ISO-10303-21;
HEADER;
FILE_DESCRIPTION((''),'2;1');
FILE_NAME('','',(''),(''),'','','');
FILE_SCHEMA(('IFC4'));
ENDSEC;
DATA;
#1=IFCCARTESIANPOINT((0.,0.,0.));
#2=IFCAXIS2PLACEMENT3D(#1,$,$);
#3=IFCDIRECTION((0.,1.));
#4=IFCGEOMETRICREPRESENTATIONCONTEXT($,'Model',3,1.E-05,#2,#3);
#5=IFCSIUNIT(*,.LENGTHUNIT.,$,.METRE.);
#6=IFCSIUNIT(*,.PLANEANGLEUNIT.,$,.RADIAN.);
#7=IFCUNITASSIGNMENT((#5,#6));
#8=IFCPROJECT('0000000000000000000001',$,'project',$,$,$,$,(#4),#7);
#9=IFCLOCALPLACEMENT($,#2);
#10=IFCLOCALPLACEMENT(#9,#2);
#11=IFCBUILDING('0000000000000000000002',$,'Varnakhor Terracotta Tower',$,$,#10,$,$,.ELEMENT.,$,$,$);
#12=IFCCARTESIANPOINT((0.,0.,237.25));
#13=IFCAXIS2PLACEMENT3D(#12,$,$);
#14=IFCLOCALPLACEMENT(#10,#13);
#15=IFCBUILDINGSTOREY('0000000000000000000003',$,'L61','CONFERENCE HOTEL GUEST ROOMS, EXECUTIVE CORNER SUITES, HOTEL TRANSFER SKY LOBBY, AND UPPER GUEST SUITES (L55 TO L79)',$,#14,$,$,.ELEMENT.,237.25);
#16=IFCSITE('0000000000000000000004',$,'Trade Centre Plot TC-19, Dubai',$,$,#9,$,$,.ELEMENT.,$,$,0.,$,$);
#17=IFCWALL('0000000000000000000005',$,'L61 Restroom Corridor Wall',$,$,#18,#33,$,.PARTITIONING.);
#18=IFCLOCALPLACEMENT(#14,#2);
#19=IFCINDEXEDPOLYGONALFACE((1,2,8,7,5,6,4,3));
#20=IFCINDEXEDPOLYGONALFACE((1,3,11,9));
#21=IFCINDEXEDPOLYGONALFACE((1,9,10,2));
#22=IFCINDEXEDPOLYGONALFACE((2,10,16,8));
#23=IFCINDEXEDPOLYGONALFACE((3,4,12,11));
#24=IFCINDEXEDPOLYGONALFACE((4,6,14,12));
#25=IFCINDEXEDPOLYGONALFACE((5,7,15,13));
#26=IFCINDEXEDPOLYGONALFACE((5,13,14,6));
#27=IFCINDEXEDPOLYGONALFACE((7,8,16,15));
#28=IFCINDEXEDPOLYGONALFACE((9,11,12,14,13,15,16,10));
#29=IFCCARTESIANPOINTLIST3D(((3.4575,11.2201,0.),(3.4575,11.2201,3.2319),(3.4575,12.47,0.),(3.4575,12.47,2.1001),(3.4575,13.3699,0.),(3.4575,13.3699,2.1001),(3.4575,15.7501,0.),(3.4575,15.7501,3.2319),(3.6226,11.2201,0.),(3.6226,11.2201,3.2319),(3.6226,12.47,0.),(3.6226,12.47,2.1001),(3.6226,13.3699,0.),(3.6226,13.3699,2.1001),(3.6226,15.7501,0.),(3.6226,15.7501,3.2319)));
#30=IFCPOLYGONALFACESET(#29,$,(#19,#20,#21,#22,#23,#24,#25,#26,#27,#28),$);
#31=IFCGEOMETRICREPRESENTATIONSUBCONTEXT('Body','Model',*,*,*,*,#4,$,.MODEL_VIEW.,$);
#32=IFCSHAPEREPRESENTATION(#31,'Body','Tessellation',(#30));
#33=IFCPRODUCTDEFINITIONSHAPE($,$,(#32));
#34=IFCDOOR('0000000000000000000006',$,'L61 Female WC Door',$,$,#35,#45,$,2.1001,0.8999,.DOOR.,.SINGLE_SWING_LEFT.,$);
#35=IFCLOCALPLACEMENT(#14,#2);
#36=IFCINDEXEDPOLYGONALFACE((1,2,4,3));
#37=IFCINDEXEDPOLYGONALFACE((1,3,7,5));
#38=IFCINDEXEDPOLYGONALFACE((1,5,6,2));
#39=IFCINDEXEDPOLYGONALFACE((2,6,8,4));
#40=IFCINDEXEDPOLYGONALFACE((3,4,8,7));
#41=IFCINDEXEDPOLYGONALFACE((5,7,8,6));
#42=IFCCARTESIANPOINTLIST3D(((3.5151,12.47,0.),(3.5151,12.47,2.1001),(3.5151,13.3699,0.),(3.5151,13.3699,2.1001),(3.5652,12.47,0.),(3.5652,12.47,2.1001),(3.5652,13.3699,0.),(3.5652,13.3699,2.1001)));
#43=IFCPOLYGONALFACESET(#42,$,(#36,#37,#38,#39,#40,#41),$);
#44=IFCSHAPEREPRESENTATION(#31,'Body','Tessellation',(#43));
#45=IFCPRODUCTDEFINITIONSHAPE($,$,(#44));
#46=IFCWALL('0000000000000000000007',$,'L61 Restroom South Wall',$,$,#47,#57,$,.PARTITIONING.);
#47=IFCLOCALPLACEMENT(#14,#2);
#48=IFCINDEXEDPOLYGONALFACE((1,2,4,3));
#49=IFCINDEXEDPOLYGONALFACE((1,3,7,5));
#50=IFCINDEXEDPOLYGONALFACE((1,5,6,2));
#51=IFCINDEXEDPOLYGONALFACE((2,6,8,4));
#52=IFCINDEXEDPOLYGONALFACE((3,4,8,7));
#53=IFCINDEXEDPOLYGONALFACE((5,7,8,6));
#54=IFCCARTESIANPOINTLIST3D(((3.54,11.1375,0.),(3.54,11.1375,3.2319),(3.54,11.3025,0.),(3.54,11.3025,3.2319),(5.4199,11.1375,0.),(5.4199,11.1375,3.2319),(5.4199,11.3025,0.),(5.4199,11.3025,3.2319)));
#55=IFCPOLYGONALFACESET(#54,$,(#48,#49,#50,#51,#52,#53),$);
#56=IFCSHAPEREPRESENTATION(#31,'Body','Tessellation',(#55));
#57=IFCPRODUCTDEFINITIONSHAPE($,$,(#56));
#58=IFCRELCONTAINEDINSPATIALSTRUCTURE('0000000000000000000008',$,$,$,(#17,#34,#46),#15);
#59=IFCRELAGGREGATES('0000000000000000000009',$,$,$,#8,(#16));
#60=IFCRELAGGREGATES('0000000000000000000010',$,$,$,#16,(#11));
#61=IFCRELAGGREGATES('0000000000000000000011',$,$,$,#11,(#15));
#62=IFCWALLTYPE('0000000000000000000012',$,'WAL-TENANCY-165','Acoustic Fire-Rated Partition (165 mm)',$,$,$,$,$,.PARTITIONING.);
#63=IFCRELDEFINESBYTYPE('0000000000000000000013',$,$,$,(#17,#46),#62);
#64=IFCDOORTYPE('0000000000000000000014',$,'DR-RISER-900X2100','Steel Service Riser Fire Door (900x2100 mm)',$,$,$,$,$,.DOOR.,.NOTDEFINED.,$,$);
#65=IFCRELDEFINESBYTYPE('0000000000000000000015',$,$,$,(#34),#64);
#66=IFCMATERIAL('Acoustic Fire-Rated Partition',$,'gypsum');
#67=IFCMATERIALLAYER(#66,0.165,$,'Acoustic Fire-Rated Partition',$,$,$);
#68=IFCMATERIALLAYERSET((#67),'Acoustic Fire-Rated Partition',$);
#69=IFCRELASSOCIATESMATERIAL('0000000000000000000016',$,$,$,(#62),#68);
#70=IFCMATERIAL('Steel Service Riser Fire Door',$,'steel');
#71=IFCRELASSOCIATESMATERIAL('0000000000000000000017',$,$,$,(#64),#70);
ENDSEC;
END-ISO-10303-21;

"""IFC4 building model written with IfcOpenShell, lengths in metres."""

from ifc_helpers import new_model, si_unit, direction, frame, frame_2d, origin, place, context, subcontext, project, spatial, rectangle, extrude, source, transform, mapped, material, layer, layer_set, type_object, type_shapes, element, fill, save


model = new_model("IFC4")

# Units and contexts
model_context = context("Model", 3, precision=1e-05, world=origin(), true_north=direction((0.0, 1.0)))
body_context = subcontext(model_context, "Body", "Model", "MODEL_VIEW")
ifc_project = project(units=[si_unit("LENGTHUNIT", "METRE"), si_unit("PLANEANGLEUNIT", "RADIAN")], contexts=[model_context])

# Site, building, storey
site_placement = place(None, origin())
site = spatial("IfcSite", under=ifc_project, at=site_placement, Name="Trade Centre Plot TC-19, Dubai", CompositionType="ELEMENT", RefElevation=0.0)
building_placement = place(site_placement, origin())
building = spatial("IfcBuilding", under=site, at=building_placement, Name="Varnakhor Terracotta Tower", CompositionType="ELEMENT")
storey_placement = place(building_placement, frame((0.0, 0.0, 237.25)))
storey = spatial("IfcBuildingStorey", under=building, at=storey_placement, Name="L61", Description="CONFERENCE HOTEL GUEST ROOMS, EXECUTIVE CORNER SUITES, HOTEL TRANSFER SKY LOBBY, AND UPPER GUEST SUITES (L55 TO L79)", CompositionType="ELEMENT", Elevation=237.25)

# Shared definitions
ifc_material_1 = material(Name="Acoustic Fire-Rated Partition", Category="gypsum")
ifc_layer_1 = layer(ifc_material_1, 0.165, Name="Acoustic Fire-Rated Partition")
ifc_layer_set_1 = layer_set([ifc_layer_1], Name="Acoustic Fire-Rated Partition")
wall_type_1 = type_object("IfcWallType", Name="WAL-TENANCY-165", Description="Acoustic Fire-Rated Partition (165 mm)", PredefinedType="PARTITIONING", material=ifc_layer_set_1)

# Wall, opening, door
wall_1_placement = place(storey_placement, frame((3.54, 11.22, 0.0), z_axis=(0.0, 0.0, 1.0), x_axis=(0.0, 1.0, 0.0)))
wall_1 = element("IfcWall", 1, at=wall_1_placement, inside=storey, type_object=wall_type_1, Name="L61 Restroom Corridor Wall", PredefinedType="PARTITIONING", context=body_context, shape_type="SweptSolid", body=[
    extrude(rectangle(XDim=4.53, YDim=0.165, at=frame_2d((2.2651, 0.0))), origin(), (0.0, 0.0, 1.0), 3.2319),
])
opening_1_placement = place(wall_1_placement, frame((1.25, 0.0, 0.0)))
opening_1 = element("IfcOpeningElement", 2, at=opening_1_placement, cuts=wall_1, PredefinedType="OPENING", context=body_context, shape_type="SweptSolid", body=[
    extrude(rectangle(XDim=0.8999, YDim=2.1001, at=frame_2d((0.45, 1.05))), frame((0.0, 0.0925, 0.0), z_axis=(0.0, -1.0, 0.0), x_axis=(1.0, 0.0, 0.0)), (0.0, 0.0, 1.0), 0.1851),
])
ifc_material_2 = material(Name="Steel Service Riser Fire Door", Category="steel")
door_type_1 = type_object("IfcDoorType", Name="DR-RISER-900X2100", Description="Steel Service Riser Fire Door (900x2100 mm)", OperationType="NOTDEFINED", PredefinedType="DOOR", material=ifc_material_2)
shared_shape_1 = source(origin(), body_context, "Body", "SweptSolid", [
    extrude(rectangle(XDim=0.8999, YDim=2.1001, at=frame_2d((0.45, 1.05))), frame((0.0, 0.0249, 0.0), z_axis=(0.0, -1.0, 0.0), x_axis=(1.0, 0.0, 0.0)), (0.0, 0.0, 1.0), 0.05),
])
type_shapes(door_type_1, [shared_shape_1])
door_1_placement = place(opening_1_placement, origin())
door_1 = element("IfcDoor", 3, at=door_1_placement, inside=storey, type_object=door_type_1, Name="L61 Female WC Door", OperationType="SINGLE_SWING_LEFT", OverallHeight=2.1001, OverallWidth=0.8999, PredefinedType="DOOR", context=body_context, shape_type="MappedRepresentation", body=[
    mapped(shared_shape_1, transform((0.0, 0.0, 0.0), scale=1.0)),
])
fill(opening_1, door_1)

# Wall
wall_2_placement = place(storey_placement, frame((3.54, 11.22, 0.0), z_axis=(0.0, 0.0, 1.0), x_axis=(1.0, 0.0, 0.0)))
element("IfcWall", 4, at=wall_2_placement, inside=storey, type_object=wall_type_1, Name="L61 Restroom South Wall", PredefinedType="PARTITIONING", context=body_context, shape_type="SweptSolid", body=[
    extrude(rectangle(XDim=1.8799, YDim=0.165, at=frame_2d((0.9399, 0.0))), origin(), (0.0, 0.0, 1.0), 3.2319),
])

save(model, "model.ifc")
